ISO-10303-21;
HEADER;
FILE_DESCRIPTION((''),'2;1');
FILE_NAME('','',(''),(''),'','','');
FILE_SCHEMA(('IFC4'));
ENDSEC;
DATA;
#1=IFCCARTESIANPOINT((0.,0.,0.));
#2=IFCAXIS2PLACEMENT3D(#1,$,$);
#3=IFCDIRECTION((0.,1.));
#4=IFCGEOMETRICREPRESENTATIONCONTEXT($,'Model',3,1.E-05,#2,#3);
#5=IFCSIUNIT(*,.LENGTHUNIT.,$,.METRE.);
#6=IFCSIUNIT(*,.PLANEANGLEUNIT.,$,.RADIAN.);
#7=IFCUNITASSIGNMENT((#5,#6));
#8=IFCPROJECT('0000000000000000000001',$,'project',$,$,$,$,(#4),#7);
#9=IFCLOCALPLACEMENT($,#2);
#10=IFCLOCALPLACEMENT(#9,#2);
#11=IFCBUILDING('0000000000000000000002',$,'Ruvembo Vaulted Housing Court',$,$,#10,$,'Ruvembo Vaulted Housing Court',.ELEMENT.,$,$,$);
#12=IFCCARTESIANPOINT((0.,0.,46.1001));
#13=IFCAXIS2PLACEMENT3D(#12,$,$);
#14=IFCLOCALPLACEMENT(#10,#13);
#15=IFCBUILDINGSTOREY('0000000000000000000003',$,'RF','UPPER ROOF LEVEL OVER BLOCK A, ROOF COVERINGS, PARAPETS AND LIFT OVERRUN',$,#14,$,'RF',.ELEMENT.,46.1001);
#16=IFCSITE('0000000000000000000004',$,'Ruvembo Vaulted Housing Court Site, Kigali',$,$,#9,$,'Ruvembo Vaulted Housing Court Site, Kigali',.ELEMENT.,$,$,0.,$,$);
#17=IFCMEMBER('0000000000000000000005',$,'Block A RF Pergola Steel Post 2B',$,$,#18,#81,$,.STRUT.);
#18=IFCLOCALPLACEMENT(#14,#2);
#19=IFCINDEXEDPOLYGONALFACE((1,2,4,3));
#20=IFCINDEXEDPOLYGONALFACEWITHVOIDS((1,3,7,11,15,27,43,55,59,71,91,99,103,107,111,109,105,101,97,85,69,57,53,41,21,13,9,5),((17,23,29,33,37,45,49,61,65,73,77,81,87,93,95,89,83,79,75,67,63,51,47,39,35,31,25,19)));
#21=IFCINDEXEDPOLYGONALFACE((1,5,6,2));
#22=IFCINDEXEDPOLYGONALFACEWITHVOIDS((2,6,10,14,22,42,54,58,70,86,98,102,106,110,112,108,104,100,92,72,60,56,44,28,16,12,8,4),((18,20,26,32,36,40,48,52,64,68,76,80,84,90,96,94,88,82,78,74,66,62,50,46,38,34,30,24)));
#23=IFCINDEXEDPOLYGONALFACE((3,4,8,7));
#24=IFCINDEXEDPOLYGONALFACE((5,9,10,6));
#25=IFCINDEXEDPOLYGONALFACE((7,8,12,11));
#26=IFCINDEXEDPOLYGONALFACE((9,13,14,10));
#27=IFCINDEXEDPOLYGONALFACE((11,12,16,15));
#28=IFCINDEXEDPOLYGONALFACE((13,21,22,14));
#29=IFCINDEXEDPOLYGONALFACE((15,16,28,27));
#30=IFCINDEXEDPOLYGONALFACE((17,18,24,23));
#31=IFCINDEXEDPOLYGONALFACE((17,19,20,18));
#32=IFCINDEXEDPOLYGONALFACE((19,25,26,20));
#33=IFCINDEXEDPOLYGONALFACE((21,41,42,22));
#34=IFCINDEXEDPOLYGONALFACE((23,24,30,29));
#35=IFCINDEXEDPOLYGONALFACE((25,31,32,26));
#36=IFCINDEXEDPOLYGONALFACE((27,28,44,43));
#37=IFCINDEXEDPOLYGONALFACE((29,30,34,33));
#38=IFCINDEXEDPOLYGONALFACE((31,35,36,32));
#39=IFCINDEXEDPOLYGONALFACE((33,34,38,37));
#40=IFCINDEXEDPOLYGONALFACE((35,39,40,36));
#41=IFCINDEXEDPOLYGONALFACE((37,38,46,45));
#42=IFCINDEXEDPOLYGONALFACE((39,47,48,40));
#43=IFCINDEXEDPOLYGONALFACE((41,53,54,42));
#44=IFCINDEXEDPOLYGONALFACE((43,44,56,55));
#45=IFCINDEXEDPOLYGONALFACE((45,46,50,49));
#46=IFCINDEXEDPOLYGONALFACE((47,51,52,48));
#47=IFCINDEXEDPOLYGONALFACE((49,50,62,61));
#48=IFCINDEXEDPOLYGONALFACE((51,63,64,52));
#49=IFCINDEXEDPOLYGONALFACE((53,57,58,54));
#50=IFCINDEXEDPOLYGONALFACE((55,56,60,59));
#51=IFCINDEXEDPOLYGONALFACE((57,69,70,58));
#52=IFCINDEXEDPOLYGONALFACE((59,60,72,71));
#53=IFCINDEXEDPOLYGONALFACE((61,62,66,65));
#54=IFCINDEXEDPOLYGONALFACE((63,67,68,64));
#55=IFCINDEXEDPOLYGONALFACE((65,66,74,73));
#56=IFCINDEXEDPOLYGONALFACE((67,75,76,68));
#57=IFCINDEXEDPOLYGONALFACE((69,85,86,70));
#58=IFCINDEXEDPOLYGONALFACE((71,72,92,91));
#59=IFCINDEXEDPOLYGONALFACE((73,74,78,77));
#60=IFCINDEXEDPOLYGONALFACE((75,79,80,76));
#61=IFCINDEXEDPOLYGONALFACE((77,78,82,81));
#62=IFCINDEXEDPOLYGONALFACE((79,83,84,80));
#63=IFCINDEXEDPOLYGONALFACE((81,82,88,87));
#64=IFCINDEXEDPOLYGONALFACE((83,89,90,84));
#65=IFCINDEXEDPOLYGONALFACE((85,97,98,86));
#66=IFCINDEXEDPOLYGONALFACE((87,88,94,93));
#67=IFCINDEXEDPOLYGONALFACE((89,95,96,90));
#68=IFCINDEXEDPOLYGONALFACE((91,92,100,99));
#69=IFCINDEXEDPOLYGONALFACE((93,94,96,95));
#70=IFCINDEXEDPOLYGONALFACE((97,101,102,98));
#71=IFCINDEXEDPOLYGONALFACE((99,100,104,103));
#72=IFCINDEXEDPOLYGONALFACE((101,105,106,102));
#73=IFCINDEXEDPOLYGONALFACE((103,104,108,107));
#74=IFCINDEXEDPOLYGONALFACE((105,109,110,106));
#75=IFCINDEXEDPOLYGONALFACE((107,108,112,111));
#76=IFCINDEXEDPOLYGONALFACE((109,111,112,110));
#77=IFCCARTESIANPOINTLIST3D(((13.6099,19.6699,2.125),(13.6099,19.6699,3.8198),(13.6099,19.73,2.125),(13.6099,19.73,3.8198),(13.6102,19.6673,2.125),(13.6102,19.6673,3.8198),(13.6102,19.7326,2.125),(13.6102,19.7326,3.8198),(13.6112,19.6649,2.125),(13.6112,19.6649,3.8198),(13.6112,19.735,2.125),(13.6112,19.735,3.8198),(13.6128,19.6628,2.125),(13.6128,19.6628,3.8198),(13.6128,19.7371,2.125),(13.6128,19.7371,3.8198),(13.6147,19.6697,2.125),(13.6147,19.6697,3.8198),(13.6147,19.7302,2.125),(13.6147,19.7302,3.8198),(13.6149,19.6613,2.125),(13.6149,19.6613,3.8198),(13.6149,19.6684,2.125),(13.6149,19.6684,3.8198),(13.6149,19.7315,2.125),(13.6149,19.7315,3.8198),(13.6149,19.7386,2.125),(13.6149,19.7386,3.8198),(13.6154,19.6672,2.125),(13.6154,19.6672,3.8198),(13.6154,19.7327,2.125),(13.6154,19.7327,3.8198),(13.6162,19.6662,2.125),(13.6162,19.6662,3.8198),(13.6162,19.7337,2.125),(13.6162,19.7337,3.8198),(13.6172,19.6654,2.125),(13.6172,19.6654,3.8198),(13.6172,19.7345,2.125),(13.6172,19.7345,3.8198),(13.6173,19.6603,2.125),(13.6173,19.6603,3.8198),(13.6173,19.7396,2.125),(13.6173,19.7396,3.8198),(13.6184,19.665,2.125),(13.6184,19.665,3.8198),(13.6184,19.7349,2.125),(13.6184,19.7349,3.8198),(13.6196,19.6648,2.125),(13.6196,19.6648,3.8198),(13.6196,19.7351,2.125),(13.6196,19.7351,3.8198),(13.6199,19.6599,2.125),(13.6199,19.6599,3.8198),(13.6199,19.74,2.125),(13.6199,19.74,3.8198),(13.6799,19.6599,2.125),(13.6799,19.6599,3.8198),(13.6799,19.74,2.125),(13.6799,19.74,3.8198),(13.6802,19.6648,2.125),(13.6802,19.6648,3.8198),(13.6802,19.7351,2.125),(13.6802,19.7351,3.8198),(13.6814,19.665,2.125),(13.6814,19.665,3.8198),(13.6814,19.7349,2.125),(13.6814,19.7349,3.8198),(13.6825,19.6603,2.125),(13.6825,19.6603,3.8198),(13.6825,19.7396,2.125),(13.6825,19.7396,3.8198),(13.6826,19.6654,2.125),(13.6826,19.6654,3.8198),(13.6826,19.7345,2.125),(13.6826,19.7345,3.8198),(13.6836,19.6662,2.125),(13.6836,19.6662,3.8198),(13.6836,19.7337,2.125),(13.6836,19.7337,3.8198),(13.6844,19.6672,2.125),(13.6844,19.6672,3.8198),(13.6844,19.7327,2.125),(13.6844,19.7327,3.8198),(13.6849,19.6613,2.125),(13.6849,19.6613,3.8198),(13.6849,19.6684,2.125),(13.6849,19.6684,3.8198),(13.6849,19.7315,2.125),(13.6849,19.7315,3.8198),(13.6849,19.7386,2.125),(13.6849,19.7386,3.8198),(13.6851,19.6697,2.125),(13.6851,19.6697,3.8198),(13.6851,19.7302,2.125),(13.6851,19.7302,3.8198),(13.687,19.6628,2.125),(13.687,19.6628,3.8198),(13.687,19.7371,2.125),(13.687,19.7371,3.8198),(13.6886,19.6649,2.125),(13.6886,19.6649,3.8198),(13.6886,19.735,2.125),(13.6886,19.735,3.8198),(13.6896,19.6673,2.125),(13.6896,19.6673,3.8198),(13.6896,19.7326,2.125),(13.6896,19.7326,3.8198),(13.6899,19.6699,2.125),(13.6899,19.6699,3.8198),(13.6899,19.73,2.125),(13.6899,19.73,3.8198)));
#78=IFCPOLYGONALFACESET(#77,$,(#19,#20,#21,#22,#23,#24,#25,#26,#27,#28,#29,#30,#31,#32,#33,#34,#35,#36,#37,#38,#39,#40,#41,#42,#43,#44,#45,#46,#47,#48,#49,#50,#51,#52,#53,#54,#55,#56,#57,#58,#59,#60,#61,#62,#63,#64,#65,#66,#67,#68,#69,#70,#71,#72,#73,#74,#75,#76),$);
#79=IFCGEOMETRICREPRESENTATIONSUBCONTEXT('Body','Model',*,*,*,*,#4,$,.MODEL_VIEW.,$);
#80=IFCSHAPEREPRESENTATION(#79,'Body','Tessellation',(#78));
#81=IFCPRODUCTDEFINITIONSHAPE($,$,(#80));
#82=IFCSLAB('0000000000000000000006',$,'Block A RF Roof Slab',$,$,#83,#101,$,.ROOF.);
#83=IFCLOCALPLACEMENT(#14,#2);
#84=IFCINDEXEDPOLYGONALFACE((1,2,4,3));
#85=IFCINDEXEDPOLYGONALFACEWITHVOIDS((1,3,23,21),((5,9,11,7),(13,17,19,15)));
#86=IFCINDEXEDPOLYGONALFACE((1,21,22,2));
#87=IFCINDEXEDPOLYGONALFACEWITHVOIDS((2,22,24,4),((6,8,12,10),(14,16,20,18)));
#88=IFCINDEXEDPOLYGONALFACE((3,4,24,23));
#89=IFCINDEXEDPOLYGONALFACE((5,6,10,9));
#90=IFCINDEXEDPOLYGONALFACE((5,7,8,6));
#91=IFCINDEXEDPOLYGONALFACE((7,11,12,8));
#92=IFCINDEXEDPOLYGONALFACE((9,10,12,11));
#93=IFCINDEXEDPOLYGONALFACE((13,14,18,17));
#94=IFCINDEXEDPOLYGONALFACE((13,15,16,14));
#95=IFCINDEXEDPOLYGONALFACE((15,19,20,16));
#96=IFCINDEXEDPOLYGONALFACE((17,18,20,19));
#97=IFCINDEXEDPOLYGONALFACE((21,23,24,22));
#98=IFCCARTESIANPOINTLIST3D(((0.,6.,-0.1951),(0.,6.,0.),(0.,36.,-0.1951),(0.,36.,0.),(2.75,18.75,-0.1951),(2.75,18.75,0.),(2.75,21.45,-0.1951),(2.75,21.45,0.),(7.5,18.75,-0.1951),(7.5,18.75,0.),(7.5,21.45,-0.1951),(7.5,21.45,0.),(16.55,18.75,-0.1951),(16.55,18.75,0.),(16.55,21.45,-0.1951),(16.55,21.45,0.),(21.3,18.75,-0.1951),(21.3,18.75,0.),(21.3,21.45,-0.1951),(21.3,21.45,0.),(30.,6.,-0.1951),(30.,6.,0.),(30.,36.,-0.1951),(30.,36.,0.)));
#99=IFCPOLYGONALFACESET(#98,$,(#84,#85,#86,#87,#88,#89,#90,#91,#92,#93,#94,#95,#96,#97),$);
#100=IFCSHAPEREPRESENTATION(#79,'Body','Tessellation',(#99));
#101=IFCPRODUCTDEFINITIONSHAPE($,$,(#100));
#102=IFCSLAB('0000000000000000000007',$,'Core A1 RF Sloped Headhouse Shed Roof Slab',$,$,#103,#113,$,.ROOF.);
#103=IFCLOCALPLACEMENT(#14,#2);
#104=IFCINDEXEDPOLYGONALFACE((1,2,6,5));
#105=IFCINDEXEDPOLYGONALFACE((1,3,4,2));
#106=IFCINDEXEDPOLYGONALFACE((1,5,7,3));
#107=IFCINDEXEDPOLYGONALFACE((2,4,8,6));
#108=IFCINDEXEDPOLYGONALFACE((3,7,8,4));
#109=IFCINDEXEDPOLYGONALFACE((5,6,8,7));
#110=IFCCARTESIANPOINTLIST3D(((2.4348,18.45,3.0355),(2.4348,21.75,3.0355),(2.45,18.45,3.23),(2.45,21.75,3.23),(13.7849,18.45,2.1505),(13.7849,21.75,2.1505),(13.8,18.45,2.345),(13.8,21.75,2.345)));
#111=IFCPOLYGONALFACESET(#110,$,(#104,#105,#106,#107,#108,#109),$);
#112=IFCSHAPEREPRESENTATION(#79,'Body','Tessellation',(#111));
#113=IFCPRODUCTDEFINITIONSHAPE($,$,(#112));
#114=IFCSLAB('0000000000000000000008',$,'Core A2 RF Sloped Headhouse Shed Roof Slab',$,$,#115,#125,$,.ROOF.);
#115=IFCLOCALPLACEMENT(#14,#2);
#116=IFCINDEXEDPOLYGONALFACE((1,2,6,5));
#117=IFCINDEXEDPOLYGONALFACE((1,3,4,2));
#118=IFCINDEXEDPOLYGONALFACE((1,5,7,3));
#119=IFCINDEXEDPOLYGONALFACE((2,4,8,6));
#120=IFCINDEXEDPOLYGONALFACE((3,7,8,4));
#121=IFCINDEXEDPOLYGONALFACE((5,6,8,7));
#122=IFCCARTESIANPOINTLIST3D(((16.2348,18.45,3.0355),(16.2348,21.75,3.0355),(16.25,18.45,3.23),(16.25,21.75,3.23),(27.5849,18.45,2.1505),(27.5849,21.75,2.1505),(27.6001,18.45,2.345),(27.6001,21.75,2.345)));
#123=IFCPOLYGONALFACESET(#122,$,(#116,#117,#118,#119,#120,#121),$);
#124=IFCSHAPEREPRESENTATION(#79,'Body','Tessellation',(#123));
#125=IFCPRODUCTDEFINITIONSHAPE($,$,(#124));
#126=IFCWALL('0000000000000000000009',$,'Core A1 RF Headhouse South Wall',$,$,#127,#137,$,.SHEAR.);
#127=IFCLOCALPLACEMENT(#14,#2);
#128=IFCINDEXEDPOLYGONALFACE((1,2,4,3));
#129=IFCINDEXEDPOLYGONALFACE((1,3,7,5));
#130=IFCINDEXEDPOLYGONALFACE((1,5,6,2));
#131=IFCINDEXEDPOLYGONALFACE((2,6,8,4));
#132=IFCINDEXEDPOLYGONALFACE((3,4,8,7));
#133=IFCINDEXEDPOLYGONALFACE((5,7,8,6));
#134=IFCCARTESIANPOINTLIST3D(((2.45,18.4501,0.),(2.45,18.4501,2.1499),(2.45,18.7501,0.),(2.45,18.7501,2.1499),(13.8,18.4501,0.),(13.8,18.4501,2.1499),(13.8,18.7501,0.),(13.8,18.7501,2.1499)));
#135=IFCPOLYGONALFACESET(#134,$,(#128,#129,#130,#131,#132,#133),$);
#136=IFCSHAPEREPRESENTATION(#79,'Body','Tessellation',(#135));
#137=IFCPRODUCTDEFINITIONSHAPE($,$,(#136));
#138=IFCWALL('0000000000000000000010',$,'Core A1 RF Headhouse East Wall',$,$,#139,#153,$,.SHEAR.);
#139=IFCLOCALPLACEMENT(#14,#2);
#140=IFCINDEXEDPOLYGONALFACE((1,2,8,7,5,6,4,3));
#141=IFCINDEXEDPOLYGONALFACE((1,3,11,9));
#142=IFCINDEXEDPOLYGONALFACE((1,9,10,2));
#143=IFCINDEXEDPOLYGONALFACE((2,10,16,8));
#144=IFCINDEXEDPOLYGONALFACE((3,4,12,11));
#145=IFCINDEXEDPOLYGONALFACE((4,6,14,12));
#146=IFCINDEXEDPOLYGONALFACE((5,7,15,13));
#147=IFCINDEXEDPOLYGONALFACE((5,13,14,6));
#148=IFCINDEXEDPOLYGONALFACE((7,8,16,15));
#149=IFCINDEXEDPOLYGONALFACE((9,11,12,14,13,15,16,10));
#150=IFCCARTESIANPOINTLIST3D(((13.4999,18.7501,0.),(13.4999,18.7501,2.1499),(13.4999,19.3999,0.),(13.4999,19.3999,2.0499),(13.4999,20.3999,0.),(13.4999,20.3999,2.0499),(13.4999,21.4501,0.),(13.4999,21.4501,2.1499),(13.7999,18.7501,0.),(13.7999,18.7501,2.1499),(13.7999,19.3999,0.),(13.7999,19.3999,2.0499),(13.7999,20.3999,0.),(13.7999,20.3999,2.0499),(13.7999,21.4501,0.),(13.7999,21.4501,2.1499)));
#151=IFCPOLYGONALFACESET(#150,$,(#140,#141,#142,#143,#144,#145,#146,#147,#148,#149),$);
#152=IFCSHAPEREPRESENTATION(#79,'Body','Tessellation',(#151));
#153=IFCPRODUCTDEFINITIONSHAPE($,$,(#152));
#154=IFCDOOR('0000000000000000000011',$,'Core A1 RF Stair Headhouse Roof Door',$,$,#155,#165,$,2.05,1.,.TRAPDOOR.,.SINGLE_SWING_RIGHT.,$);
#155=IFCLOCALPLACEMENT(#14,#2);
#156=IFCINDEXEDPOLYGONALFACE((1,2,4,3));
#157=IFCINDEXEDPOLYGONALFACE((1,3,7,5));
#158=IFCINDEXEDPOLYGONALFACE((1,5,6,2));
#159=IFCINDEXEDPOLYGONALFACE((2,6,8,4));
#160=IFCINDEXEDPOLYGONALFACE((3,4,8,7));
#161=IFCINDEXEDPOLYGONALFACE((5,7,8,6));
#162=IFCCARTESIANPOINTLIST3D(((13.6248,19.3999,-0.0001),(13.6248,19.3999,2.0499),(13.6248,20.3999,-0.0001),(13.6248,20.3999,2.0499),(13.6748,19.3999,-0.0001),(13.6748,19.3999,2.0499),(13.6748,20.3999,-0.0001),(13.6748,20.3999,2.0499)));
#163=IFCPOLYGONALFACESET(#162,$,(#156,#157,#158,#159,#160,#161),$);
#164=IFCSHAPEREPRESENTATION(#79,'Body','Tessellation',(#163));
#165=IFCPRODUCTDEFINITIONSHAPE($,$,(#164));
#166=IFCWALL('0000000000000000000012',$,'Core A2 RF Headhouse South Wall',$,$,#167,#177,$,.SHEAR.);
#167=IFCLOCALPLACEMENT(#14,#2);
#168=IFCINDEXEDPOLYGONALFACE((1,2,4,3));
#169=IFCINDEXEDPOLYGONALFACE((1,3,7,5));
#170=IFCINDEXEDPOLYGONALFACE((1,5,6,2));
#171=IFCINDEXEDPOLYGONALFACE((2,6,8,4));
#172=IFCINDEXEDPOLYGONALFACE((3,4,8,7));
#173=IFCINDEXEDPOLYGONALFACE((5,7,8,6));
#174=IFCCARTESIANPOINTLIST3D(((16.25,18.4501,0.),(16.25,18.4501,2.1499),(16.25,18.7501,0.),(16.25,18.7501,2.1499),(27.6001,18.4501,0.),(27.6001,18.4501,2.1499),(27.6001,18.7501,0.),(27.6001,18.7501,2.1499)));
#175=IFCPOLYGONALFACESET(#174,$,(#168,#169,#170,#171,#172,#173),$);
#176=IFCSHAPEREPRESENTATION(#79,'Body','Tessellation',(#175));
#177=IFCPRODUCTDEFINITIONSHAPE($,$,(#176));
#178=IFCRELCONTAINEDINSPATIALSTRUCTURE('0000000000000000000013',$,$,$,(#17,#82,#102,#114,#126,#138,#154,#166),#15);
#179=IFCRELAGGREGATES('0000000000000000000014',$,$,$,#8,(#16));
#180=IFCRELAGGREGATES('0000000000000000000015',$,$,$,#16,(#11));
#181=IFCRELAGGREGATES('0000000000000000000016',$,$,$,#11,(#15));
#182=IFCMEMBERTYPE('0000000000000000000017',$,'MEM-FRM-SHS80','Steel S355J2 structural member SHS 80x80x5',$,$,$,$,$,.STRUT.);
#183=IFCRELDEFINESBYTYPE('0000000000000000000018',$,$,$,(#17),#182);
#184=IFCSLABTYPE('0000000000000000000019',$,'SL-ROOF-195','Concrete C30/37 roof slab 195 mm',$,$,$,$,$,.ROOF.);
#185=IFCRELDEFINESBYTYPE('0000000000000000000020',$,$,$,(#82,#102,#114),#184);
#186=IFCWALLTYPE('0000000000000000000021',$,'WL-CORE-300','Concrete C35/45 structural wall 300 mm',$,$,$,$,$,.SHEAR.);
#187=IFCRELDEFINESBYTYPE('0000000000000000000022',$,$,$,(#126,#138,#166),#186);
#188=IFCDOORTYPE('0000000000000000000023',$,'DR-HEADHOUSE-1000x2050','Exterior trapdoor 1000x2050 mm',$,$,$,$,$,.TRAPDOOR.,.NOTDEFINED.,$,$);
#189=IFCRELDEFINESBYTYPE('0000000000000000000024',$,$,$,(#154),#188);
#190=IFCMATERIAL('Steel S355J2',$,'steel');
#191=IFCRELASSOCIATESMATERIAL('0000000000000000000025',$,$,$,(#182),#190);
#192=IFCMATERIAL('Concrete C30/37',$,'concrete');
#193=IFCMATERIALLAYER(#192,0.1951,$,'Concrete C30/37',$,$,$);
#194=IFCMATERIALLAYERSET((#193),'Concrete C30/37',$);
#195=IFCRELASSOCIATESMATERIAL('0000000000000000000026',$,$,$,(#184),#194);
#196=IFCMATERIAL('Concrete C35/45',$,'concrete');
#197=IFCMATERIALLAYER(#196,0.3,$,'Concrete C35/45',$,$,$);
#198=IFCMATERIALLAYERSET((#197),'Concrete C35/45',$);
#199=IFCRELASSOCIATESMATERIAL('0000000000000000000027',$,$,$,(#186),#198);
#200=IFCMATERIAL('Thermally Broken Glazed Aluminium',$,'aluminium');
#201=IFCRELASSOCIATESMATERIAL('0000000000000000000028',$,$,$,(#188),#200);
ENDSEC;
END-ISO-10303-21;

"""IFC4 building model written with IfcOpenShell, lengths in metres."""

from ifc_helpers import new_model, si_unit, direction, frame, frame_2d, origin, origin_2d, place, context, subcontext, project, spatial, polyline, rectangle, hollow_rectangle, outline, extrude, material, layer, layer_set, material_profile, profile_set, type_object, element, fill, save


model = new_model("IFC4")

# Units and contexts
model_context = context("Model", 3, precision=1e-05, world=origin(), true_north=direction((0.0, 1.0)))
body_context = subcontext(model_context, "Body", "Model", "MODEL_VIEW")
ifc_project = project(units=[si_unit("LENGTHUNIT", "METRE"), si_unit("PLANEANGLEUNIT", "RADIAN")], contexts=[model_context])

# Site, building, storey
site_placement = place(None, origin())
site = spatial("IfcSite", under=ifc_project, at=site_placement, Name="Ruvembo Vaulted Housing Court Site, Kigali", LongName="Ruvembo Vaulted Housing Court Site, Kigali", CompositionType="ELEMENT", RefElevation=0.0)
building_placement = place(site_placement, origin())
building = spatial("IfcBuilding", under=site, at=building_placement, Name="Ruvembo Vaulted Housing Court", LongName="Ruvembo Vaulted Housing Court", CompositionType="ELEMENT")
storey_placement = place(building_placement, frame((0.0, 0.0, 46.1001)))
storey = spatial("IfcBuildingStorey", under=building, at=storey_placement, Name="RF", Description="UPPER ROOF LEVEL OVER BLOCK A, ROOF COVERINGS, PARAPETS AND LIFT OVERRUN", LongName="RF", CompositionType="ELEMENT", Elevation=46.1001)

# Shared definitions
ifc_material_1 = material(Name="Steel S355J2", Category="steel")

# Member
ifc_material_profile_1 = material_profile(ifc_material_1, hollow_rectangle(XDim=0.0801, YDim=0.0801, WallThickness=0.0049, InnerFilletRadius=0.0049, OuterFilletRadius=0.01, at=origin_2d()), Name="SHS 80x80x5")
ifc_profile_set_1 = profile_set([ifc_material_profile_1], Name="Steel S355J2")
member_type = type_object("IfcMemberType", Name="MEM-FRM-SHS80", Description="Steel S355J2 structural member SHS 80x80x5", PredefinedType="STRUT", material=ifc_profile_set_1)
member_1_placement = place(storey_placement, frame((13.6499, 19.7, 2.125), z_axis=(0.0, 0.0, 1.0), x_axis=(1.0, 0.0, 0.0)))
element("IfcMember", 1, at=member_1_placement, inside=storey, type_object=member_type, Name="Block A RF Pergola Steel Post 2B", PredefinedType="STRUT", context=body_context, shape_type="SweptSolid", body=[
    extrude(hollow_rectangle(XDim=0.0801, YDim=0.0801, WallThickness=0.0049, InnerFilletRadius=0.0049, OuterFilletRadius=0.01, at=origin_2d()), origin(), (0.0, 0.0, 1.0), 1.6948),
])

# Slabs
ifc_material_2 = material(Name="Concrete C30/37", Category="concrete")
ifc_layer_1 = layer(ifc_material_2, 0.1951, Name="Concrete C30/37")
ifc_layer_set_1 = layer_set([ifc_layer_1], Name="Concrete C30/37")
slab_type = type_object("IfcSlabType", Name="SL-ROOF-195", Description="Concrete C30/37 roof slab 195 mm", PredefinedType="ROOF", material=ifc_layer_set_1)
slab_placement = place(storey_placement, frame((0.0, 0.0, -0.1951)))
element("IfcSlab", 2, at=slab_placement, inside=storey, type_object=slab_type, Name="Block A RF Roof Slab", PredefinedType="ROOF", context=body_context, shape_type="SweptSolid", body=[
    extrude(outline(polyline([(30.0, 6.0), (30.0, 36.0), (0.0, 36.0), (0.0, 6.0), (30.0, 6.0)]), holes=[polyline([(7.5, 21.45), (2.75, 21.45), (2.75, 18.75), (7.5, 18.75), (7.5, 21.45)]), polyline([(21.3, 21.45), (16.55, 21.45), (16.55, 18.75), (21.3, 18.75), (21.3, 21.45)])]), origin(), (0.0, 0.0, 1.0), 0.1951),
])
for number, where, z_axis, x_axis, name in (
    (3, (2.45, 18.45, 3.23), (0.077738, 0.0, 0.996974), (0.996974, 0.0, -0.077738), "Core A1 RF Sloped Headhouse Shed Roof Slab"),
    (4, (16.25, 18.45, 3.23), (0.077738, 0.0, 0.996974), (0.996974, 0.0, -0.077738), "Core A2 RF Sloped Headhouse Shed Roof Slab"),
):
    element("IfcSlab", number, at=place(storey_placement, frame(where, z_axis=z_axis, x_axis=x_axis)), inside=storey, type_object=slab_type, Name=name, PredefinedType="ROOF", context=body_context, shape_type="SweptSolid", body=[
        extrude(outline(polyline([(0.0, 0.0), (11.3845, 0.0), (11.3845, 3.3), (0.0, 3.3), (0.0, 0.0)])), origin(), (0.0, 0.0, -1.0), 0.1951),
    ])

# Wall
ifc_material_3 = material(Name="Concrete C35/45", Category="concrete")
ifc_layer_2 = layer(ifc_material_3, 0.3, Name="Concrete C35/45")
ifc_layer_set_2 = layer_set([ifc_layer_2], Name="Concrete C35/45")
wall_type_1 = type_object("IfcWallType", Name="WL-CORE-300", Description="Concrete C35/45 structural wall 300 mm", PredefinedType="SHEAR", material=ifc_layer_set_2)
wall_1_placement = place(storey_placement, frame((2.45, 18.6001, 0.0), z_axis=(0.0, 0.0, 1.0), x_axis=(1.0, 0.0, 0.0)))
element("IfcWall", 5, at=wall_1_placement, inside=storey, type_object=wall_type_1, Name="Core A1 RF Headhouse South Wall", PredefinedType="SHEAR", context=body_context, shape_type="SweptSolid", body=[
    extrude(rectangle(XDim=11.3501, YDim=0.3, at=frame_2d((5.675, 0.0))), origin(), (0.0, 0.0, 1.0), 2.1499),
])

# Wall, opening, door
wall_2_placement = place(storey_placement, frame((13.6499, 18.75, 0.0), z_axis=(0.0, 0.0, 1.0), x_axis=(0.0, 1.0, 0.0)))
wall_2 = element("IfcWall", 6, at=wall_2_placement, inside=storey, type_object=wall_type_1, Name="Core A1 RF Headhouse East Wall", PredefinedType="SHEAR", context=body_context, shape_type="SweptSolid", body=[
    extrude(rectangle(XDim=2.7, YDim=0.3, at=frame_2d((1.3501, 0.0))), origin(), (0.0, 0.0, 1.0), 2.1499),
])
opening_1_placement = place(wall_2_placement, frame((0.6499, 0.0, 0.0)))
opening_1 = element("IfcOpeningElement", 7, at=opening_1_placement, cuts=wall_2, PredefinedType="OPENING", context=body_context, shape_type="SweptSolid", body=[
    extrude(rectangle(XDim=1.0, YDim=2.05, at=frame_2d((0.5, 1.0249))), frame((0.0, 0.1599, 0.0), z_axis=(0.0, -1.0, 0.0), x_axis=(1.0, 0.0, 0.0)), (0.0, 0.0, 1.0), 0.3201),
])
ifc_material_4 = material(Name="Thermally Broken Glazed Aluminium", Category="aluminium")
door_type = type_object("IfcDoorType", Name="DR-HEADHOUSE-1000x2050", Description="Exterior trapdoor 1000x2050 mm", OperationType="NOTDEFINED", PredefinedType="TRAPDOOR", material=ifc_material_4)
door_1_placement = place(opening_1_placement, frame((1.0, 0.0, 0.0), z_axis=(0.0, 0.0, 1.0), x_axis=(-1.0, 0.0, 0.0)))
door_1 = element("IfcDoor", 8, at=door_1_placement, inside=storey, type_object=door_type, Name="Core A1 RF Stair Headhouse Roof Door", OperationType="SINGLE_SWING_RIGHT", OverallHeight=2.05, OverallWidth=1.0, PredefinedType="TRAPDOOR", context=body_context, shape_type="SweptSolid", body=[
    extrude(rectangle(XDim=1.0, YDim=2.05, at=frame_2d((0.5, 1.0249))), frame((0.0, 0.0249, 0.0), z_axis=(0.0, -1.0, 0.0), x_axis=(1.0, 0.0, 0.0)), (0.0, 0.0, 1.0), 0.05),
])
fill(opening_1, door_1)

# Wall
wall_3_placement = place(storey_placement, frame((16.25, 18.6001, 0.0), z_axis=(0.0, 0.0, 1.0), x_axis=(1.0, 0.0, 0.0)))
element("IfcWall", 9, at=wall_3_placement, inside=storey, type_object=wall_type_1, Name="Core A2 RF Headhouse South Wall", PredefinedType="SHEAR", context=body_context, shape_type="SweptSolid", body=[
    extrude(rectangle(XDim=11.3501, YDim=0.3, at=frame_2d((5.675, 0.0))), origin(), (0.0, 0.0, 1.0), 2.1499),
])

save(model, "model.ifc")
